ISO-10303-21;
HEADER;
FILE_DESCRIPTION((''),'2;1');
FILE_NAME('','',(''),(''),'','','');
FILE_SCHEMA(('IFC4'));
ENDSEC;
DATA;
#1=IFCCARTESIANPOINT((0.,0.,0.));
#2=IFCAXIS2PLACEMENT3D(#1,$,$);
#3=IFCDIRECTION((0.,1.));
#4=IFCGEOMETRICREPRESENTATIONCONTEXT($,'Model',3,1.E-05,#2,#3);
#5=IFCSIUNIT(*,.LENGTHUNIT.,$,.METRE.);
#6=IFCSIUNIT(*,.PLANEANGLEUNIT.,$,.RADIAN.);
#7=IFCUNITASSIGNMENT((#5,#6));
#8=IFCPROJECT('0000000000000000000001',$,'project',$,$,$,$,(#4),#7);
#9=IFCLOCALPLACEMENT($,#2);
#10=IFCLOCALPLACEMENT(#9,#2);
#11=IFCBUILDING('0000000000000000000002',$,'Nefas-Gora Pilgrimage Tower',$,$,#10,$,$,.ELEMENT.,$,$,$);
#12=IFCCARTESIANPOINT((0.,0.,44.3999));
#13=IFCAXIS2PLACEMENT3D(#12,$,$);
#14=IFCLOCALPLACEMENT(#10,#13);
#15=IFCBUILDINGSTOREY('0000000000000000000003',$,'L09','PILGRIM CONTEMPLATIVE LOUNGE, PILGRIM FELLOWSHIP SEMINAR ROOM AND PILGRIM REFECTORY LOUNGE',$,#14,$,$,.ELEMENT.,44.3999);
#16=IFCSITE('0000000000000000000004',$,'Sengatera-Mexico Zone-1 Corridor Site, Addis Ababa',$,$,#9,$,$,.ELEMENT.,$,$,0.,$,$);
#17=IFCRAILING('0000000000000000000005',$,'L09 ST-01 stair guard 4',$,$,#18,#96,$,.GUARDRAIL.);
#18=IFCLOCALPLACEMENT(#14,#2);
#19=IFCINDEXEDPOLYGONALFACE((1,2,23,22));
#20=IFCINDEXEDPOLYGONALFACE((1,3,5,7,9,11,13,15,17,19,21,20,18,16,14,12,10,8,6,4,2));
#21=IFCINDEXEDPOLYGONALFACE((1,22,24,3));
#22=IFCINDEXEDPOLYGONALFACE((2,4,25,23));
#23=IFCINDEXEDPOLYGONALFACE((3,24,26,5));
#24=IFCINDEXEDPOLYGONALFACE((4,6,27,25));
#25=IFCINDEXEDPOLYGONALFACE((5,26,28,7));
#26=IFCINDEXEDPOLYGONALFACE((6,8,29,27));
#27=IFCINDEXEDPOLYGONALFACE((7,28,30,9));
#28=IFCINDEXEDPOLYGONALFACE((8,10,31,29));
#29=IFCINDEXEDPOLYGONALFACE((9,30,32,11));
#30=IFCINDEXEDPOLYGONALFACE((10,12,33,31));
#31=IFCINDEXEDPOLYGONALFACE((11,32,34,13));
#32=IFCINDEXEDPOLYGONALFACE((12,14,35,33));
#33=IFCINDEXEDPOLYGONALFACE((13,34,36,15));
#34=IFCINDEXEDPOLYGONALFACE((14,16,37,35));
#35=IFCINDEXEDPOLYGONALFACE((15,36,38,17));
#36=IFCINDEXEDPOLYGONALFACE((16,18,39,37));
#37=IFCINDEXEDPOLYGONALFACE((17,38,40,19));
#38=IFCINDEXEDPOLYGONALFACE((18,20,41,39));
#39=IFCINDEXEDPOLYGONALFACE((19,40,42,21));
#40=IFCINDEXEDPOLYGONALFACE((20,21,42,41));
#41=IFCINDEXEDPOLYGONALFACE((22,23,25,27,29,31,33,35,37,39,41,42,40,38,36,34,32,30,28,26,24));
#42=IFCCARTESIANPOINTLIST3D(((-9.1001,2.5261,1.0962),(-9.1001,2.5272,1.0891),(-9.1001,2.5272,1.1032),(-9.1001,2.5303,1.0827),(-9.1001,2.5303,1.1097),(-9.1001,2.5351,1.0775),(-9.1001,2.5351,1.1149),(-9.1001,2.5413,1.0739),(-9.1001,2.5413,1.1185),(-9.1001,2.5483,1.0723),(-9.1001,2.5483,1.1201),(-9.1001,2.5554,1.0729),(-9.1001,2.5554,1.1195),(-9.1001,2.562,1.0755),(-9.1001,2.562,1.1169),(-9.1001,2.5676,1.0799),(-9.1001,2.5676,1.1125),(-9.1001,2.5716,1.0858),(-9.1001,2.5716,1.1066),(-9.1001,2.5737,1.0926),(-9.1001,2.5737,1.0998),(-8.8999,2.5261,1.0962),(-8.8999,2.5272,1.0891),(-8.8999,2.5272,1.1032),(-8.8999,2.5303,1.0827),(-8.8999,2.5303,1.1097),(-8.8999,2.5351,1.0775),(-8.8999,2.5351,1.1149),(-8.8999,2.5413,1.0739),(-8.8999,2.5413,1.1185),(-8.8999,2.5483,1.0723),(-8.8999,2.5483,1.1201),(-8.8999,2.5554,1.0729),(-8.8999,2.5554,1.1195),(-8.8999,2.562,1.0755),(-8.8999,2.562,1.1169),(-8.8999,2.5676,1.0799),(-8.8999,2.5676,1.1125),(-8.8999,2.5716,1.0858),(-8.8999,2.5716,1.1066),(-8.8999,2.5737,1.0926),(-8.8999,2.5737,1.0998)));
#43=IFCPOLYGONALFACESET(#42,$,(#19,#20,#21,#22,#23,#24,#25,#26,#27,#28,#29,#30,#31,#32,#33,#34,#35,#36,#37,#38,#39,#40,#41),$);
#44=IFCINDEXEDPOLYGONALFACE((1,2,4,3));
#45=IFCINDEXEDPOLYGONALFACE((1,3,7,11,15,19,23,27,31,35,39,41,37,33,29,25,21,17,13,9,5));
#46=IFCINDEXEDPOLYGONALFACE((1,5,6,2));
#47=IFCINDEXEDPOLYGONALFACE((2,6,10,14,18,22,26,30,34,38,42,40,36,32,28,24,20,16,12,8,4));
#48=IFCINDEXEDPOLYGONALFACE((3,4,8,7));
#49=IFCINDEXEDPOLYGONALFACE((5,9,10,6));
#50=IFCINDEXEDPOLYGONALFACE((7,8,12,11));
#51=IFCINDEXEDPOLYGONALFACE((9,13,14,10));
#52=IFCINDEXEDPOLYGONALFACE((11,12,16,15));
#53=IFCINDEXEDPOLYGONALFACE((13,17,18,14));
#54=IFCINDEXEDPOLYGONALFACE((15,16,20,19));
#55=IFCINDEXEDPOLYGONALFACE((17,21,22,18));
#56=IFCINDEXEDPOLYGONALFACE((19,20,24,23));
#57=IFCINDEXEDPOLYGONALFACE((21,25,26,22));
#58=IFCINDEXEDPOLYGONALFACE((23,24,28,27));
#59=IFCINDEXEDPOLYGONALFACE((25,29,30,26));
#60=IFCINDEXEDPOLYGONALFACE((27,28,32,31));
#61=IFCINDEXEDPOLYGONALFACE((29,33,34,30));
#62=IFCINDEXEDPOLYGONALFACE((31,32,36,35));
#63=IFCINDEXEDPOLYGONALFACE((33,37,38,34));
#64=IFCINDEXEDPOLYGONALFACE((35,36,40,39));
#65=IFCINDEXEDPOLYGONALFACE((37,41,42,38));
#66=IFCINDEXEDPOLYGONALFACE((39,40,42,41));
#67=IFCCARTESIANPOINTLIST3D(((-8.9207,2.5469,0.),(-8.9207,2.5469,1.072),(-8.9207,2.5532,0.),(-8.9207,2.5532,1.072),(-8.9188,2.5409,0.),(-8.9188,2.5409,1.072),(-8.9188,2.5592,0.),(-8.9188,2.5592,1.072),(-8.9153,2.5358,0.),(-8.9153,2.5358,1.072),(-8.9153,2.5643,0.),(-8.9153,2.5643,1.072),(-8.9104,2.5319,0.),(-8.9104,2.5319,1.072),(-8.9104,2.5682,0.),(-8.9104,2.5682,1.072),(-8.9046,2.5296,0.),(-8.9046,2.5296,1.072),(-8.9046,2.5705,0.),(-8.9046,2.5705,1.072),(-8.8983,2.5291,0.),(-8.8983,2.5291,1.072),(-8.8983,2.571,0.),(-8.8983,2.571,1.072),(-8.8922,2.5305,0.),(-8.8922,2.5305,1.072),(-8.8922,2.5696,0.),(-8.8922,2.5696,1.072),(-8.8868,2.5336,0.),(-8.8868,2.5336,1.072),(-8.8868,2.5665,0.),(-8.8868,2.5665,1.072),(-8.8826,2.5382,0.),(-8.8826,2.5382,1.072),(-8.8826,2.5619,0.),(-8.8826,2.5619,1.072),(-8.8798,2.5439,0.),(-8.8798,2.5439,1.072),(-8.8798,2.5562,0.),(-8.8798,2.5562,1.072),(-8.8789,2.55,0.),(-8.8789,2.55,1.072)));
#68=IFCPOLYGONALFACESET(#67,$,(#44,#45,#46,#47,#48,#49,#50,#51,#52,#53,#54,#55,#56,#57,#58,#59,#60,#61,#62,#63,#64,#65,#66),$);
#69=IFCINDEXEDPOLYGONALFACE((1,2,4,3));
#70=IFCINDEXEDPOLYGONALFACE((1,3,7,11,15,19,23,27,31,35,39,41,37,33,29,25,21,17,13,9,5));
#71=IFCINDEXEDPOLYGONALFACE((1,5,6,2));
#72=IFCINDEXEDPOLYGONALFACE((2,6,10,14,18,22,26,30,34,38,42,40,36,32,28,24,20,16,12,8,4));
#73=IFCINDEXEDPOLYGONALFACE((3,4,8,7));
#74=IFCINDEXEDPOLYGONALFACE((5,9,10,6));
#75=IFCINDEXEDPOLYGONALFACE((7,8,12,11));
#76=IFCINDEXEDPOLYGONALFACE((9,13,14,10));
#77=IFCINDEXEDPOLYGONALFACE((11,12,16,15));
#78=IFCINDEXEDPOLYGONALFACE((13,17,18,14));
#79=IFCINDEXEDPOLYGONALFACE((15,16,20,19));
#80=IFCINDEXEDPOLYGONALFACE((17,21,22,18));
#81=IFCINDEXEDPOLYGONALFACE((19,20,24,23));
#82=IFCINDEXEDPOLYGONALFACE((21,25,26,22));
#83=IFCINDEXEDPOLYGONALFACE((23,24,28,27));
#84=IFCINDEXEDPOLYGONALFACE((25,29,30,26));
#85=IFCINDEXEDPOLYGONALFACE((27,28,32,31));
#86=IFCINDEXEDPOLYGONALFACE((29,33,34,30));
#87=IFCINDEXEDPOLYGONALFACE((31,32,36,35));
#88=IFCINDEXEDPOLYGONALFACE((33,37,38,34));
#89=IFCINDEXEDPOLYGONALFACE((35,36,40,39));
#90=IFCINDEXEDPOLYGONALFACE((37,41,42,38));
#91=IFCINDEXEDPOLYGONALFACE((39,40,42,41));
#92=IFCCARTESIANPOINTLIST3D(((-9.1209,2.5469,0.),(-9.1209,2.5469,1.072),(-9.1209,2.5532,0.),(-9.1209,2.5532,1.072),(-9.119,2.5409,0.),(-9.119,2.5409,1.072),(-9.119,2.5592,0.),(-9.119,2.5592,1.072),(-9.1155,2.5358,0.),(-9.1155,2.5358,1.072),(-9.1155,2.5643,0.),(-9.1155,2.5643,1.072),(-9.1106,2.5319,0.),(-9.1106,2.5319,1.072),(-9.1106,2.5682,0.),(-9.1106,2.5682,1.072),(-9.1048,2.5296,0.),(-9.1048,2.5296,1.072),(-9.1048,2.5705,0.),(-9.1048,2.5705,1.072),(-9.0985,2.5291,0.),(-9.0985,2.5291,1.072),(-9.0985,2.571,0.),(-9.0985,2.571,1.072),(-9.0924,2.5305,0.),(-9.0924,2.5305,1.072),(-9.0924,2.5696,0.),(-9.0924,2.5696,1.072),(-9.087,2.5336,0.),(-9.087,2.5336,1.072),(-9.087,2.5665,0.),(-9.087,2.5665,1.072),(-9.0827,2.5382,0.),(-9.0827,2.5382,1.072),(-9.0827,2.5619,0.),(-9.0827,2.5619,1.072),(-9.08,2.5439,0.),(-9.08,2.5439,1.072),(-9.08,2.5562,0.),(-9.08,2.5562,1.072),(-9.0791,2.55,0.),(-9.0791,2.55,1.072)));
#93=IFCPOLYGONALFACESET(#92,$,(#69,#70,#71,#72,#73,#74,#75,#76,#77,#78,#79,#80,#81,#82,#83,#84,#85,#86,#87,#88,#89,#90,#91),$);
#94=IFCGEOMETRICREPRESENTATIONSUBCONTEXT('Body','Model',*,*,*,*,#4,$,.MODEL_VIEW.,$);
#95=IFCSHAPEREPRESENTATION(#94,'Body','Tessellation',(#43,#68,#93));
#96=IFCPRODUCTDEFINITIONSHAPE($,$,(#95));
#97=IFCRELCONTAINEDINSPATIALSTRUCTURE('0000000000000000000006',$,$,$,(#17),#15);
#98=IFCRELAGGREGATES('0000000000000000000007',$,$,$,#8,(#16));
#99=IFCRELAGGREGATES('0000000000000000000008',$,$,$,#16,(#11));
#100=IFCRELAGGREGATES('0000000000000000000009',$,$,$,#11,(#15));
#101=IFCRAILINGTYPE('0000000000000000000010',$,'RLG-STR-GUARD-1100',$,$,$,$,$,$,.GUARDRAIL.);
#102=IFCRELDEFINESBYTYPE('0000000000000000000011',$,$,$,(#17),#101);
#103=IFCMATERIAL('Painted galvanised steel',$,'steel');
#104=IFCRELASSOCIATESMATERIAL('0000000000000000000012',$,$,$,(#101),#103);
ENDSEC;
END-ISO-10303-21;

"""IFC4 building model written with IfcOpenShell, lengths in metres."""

from ifc_helpers import new_model, si_unit, direction, frame, origin, origin_2d, place, context, subcontext, project, spatial, circle, extrude, material, type_object, element, save


model = new_model("IFC4")

# Units and contexts
model_context = context("Model", 3, precision=1e-05, world=origin(), true_north=direction((0.0, 1.0)))
body_context = subcontext(model_context, "Body", "Model", "MODEL_VIEW")
ifc_project = project(units=[si_unit("LENGTHUNIT", "METRE"), si_unit("PLANEANGLEUNIT", "RADIAN")], contexts=[model_context])

# Site, building, storey
site_placement = place(None, origin())
site = spatial("IfcSite", under=ifc_project, at=site_placement, Name="Sengatera-Mexico Zone-1 Corridor Site, Addis Ababa", CompositionType="ELEMENT", RefElevation=0.0)
building_placement = place(site_placement, origin())
building = spatial("IfcBuilding", under=site, at=building_placement, Name="Nefas-Gora Pilgrimage Tower", CompositionType="ELEMENT")
storey_placement = place(building_placement, frame((0.0, 0.0, 44.3999)))
storey = spatial("IfcBuildingStorey", under=building, at=storey_placement, Name="L09", Description="PILGRIM CONTEMPLATIVE LOUNGE, PILGRIM FELLOWSHIP SEMINAR ROOM AND PILGRIM REFECTORY LOUNGE", CompositionType="ELEMENT", Elevation=44.3999)

# Railing
ifc_material_1 = material(Name="Painted galvanised steel", Category="steel")
railing_type_1 = type_object("IfcRailingType", Name="RLG-STR-GUARD-1100", PredefinedType="GUARDRAIL", material=ifc_material_1)
railing_1_placement = place(storey_placement, frame((-8.8999, 2.55, 0.0)))
element("IfcRailing", 1, at=railing_1_placement, inside=storey, type_object=railing_type_1, Name="L09 ST-01 stair guard 4", PredefinedType="GUARDRAIL", context=body_context, shape_type="SweptSolid", body=[
    extrude(circle(Radius=0.0239, at=origin_2d()), frame((0.0, 0.0, 1.0962), z_axis=(-1.0, 0.0, 0.0), x_axis=(0.0, -1.0, 0.0)), (0.0, 0.0, 1.0), 0.2002),
    extrude(circle(Radius=0.021, at=origin_2d()), origin(), (0.0, 0.0, 1.0), 1.072),
    extrude(circle(Radius=0.021, at=origin_2d()), frame((-0.2002, 0.0, 0.0)), (0.0, 0.0, 1.0), 1.072),
])

save(model, "model.ifc")
